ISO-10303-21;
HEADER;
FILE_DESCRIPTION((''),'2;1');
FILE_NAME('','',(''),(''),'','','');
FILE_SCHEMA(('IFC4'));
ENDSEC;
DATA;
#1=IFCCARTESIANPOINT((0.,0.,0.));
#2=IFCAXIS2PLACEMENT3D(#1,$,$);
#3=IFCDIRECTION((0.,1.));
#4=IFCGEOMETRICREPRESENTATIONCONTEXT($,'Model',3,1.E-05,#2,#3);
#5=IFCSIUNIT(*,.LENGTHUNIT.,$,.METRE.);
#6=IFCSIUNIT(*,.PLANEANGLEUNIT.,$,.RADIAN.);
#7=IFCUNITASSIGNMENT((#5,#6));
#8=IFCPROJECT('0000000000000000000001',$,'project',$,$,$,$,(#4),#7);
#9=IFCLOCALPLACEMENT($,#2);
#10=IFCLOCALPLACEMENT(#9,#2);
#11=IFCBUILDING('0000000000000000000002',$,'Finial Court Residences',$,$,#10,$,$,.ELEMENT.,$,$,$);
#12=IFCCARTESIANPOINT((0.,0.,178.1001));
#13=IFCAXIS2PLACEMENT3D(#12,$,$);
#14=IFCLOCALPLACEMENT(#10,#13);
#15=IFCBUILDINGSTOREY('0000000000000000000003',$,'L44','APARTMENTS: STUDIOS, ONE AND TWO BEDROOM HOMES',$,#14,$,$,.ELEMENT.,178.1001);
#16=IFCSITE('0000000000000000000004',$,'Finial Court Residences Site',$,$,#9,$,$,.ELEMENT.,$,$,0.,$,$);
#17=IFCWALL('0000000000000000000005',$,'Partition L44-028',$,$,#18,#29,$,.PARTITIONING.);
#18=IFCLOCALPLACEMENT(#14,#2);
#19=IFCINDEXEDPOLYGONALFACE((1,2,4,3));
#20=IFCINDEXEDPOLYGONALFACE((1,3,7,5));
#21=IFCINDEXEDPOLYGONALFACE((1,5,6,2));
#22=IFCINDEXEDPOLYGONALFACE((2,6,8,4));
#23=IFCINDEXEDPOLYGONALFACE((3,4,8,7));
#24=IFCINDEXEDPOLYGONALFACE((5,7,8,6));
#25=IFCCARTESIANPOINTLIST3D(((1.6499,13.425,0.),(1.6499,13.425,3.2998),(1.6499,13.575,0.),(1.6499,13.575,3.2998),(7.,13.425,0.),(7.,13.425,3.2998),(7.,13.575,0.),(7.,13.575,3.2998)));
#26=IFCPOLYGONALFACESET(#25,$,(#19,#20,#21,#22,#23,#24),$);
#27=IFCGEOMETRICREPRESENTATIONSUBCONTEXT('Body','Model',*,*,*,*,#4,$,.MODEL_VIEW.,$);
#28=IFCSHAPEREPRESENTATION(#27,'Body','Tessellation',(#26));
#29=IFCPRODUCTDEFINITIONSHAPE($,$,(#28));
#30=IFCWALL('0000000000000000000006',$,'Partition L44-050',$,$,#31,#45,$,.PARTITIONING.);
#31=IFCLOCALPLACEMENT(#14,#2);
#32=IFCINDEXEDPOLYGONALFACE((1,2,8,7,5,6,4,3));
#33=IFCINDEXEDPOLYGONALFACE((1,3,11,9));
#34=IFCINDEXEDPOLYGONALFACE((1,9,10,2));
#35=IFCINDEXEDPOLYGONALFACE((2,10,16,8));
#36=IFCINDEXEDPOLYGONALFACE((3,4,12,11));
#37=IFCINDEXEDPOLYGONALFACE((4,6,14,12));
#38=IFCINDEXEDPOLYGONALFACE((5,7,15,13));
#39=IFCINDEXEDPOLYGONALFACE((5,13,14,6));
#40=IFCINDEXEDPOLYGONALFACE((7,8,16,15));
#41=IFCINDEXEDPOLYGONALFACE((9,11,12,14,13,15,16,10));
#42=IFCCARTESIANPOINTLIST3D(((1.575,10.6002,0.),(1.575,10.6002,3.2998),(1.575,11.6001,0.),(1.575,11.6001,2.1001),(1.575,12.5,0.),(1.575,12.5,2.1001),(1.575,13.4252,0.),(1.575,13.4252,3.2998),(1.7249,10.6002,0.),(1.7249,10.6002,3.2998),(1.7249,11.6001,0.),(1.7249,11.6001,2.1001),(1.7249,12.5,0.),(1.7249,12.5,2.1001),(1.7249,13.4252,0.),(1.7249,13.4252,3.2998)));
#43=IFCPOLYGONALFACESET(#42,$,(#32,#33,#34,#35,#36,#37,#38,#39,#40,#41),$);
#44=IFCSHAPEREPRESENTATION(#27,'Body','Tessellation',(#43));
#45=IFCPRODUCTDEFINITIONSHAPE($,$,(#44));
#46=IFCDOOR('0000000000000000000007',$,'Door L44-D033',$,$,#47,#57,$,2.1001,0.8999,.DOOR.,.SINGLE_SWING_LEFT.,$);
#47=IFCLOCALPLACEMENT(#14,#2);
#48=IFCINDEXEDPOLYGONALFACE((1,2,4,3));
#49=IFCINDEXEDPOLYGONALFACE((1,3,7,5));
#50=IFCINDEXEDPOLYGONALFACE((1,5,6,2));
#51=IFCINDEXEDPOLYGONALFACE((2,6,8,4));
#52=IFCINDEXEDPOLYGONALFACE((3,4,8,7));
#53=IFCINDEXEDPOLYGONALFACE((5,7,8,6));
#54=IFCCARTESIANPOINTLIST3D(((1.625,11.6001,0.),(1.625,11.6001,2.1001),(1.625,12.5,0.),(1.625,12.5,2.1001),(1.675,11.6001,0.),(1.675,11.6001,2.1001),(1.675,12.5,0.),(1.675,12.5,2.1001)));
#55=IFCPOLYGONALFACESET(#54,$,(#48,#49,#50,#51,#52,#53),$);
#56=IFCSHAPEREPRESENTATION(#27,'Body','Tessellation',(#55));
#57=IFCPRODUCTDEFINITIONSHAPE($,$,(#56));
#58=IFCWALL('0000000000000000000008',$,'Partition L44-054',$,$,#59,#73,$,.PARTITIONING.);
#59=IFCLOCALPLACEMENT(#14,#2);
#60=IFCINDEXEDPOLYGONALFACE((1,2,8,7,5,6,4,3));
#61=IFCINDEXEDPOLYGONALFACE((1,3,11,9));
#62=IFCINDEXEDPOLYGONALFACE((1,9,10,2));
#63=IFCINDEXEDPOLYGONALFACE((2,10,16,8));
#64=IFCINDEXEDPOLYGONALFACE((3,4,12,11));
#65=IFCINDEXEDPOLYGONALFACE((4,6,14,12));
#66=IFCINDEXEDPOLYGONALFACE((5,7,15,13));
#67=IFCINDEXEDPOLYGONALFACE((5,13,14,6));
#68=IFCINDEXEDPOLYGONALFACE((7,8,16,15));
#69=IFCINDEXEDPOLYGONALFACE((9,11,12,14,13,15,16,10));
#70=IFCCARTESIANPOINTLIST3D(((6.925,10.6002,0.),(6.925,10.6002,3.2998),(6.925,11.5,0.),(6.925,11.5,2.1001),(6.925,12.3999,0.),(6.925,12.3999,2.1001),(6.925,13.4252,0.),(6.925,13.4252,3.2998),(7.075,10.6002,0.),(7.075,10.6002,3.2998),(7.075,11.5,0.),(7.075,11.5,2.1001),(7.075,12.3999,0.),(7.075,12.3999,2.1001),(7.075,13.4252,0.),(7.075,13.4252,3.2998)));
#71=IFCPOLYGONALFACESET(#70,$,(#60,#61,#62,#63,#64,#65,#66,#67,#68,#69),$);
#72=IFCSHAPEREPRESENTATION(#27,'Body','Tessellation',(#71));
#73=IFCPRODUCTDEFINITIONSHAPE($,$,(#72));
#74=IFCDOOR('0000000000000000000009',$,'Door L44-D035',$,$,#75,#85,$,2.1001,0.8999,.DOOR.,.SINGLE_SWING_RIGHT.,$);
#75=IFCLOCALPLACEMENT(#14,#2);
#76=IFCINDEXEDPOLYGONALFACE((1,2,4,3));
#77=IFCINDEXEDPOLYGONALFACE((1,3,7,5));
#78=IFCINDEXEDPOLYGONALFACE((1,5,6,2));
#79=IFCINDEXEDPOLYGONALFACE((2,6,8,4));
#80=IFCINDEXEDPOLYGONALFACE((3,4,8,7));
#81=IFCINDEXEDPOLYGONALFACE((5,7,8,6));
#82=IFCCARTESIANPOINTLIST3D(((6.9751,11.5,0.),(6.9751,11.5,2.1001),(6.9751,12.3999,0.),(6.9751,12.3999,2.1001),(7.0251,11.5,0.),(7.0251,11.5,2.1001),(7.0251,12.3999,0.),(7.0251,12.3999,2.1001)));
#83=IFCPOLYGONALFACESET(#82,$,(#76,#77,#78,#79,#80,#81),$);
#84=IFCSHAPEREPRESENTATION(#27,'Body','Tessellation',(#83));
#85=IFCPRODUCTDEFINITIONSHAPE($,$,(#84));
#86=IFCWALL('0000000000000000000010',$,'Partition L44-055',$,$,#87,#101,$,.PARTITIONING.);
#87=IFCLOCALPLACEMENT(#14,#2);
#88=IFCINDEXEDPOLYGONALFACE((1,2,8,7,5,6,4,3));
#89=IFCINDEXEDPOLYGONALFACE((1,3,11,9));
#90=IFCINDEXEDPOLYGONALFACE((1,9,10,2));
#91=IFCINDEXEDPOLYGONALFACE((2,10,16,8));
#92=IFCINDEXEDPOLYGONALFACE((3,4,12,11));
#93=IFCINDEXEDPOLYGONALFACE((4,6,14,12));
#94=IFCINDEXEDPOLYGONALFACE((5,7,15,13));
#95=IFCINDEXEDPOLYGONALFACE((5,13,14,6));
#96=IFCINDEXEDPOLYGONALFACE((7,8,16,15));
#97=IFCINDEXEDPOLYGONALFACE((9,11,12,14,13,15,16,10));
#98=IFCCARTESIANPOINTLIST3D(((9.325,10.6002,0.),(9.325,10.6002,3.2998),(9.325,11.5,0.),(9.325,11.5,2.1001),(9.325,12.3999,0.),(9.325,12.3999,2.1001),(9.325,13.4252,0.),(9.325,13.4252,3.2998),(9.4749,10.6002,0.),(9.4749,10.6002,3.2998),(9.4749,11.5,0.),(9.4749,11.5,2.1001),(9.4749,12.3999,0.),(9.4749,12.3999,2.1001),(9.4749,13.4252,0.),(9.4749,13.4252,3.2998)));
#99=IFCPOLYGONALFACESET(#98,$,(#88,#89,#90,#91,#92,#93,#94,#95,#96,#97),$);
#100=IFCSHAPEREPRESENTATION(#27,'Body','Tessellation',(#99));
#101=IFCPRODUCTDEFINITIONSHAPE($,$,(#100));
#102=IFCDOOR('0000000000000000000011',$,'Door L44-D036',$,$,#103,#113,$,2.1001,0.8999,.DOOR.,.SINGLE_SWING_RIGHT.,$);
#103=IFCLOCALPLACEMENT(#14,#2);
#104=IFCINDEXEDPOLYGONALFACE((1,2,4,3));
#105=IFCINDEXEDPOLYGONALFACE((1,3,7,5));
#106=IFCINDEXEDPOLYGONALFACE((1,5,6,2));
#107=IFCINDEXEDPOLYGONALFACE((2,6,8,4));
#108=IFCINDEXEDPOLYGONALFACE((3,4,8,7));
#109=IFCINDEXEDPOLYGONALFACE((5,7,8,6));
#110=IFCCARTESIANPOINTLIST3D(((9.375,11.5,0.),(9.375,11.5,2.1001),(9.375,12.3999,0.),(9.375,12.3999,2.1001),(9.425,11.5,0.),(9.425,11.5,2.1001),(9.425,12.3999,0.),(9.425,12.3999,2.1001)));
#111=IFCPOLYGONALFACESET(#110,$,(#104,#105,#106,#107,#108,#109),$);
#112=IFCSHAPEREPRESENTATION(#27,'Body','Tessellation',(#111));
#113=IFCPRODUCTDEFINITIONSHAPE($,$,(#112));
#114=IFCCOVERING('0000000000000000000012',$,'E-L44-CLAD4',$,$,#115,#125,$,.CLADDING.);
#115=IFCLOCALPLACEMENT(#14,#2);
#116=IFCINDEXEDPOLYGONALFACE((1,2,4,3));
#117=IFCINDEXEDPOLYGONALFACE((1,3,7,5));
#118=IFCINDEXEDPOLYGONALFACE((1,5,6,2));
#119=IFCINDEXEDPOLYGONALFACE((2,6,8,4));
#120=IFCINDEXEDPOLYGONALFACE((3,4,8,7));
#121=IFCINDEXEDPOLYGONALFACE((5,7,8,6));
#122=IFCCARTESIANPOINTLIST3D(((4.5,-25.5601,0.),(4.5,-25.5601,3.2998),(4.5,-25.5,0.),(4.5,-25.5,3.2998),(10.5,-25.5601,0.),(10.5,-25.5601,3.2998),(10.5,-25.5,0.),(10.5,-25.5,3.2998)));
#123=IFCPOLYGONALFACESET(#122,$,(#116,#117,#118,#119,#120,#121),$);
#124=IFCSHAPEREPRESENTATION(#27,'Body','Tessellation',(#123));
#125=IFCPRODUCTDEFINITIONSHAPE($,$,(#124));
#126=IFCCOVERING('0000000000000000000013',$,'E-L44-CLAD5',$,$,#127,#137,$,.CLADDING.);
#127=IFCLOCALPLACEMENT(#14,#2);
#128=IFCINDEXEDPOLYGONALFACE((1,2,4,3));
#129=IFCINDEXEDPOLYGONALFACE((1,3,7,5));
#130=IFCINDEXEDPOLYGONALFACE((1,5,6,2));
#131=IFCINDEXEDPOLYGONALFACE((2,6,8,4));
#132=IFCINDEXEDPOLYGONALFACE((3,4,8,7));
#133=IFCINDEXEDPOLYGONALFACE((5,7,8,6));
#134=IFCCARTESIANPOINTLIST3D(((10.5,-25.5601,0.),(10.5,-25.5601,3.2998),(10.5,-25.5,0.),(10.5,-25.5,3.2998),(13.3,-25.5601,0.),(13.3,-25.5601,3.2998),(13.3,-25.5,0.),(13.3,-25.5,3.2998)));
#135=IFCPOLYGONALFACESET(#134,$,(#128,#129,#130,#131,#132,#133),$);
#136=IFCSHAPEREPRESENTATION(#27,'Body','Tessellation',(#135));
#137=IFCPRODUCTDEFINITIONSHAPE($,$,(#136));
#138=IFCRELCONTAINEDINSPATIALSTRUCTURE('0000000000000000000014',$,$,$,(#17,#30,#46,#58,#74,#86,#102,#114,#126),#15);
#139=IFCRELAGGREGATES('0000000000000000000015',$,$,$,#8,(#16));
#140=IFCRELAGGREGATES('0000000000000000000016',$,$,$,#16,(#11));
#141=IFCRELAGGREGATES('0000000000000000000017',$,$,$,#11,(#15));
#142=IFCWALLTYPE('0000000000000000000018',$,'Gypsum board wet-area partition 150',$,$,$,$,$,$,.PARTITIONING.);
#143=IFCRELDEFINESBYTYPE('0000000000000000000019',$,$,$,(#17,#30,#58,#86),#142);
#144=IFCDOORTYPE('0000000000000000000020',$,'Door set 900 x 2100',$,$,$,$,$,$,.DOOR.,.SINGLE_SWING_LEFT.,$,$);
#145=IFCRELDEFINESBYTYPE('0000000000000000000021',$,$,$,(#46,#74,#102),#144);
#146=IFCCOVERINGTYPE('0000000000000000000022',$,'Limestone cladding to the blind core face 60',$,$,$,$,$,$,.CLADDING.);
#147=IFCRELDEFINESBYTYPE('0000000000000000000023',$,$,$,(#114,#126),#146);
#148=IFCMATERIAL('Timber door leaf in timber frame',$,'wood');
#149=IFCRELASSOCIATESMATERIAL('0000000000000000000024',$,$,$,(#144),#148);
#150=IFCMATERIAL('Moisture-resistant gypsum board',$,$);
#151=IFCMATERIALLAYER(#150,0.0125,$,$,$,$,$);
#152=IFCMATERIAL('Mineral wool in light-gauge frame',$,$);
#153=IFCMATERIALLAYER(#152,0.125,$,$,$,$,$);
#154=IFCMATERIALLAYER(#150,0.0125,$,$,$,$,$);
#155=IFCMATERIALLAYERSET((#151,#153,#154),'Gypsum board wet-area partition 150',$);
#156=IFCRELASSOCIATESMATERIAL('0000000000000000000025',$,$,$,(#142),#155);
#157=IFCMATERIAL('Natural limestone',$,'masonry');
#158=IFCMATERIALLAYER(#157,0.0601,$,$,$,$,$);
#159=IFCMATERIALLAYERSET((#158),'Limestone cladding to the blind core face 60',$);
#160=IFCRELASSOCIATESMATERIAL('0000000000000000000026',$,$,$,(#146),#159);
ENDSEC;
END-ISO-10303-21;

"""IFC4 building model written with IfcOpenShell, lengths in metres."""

from ifc_helpers import new_model, si_unit, direction, frame, frame_2d, origin, place, context, subcontext, project, spatial, polyline, rectangle, outline, extrude, material, layer, layer_set, type_object, element, fill, save


model = new_model("IFC4")

# Units and contexts
model_context = context("Model", 3, precision=1e-05, world=origin(), true_north=direction((0.0, 1.0)))
body_context = subcontext(model_context, "Body", "Model", "MODEL_VIEW")
ifc_project = project(units=[si_unit("LENGTHUNIT", "METRE"), si_unit("PLANEANGLEUNIT", "RADIAN")], contexts=[model_context])

# Site, building, storey
site_placement = place(None, origin())
site = spatial("IfcSite", under=ifc_project, at=site_placement, Name="Finial Court Residences Site", CompositionType="ELEMENT", RefElevation=0.0)
building_placement = place(site_placement, origin())
building = spatial("IfcBuilding", under=site, at=building_placement, Name="Finial Court Residences", CompositionType="ELEMENT")
storey_placement = place(building_placement, frame((0.0, 0.0, 178.1001)))
storey = spatial("IfcBuildingStorey", under=building, at=storey_placement, Name="L44", Description="APARTMENTS: STUDIOS, ONE AND TWO BEDROOM HOMES", CompositionType="ELEMENT", Elevation=178.1001)

# Shared definitions
ifc_material_1 = material(Name="Mineral wool in light-gauge frame")
ifc_material_2 = material(Name="Timber door leaf in timber frame", Category="wood")
door_type = type_object("IfcDoorType", Name="Door set 900 x 2100", OperationType="SINGLE_SWING_LEFT", PredefinedType="DOOR", material=ifc_material_2)

# Wall
ifc_material_3 = material(Name="Moisture-resistant gypsum board")
ifc_layer_1 = layer(ifc_material_3, 0.0125)
ifc_layer_2 = layer(ifc_material_1, 0.125)
ifc_layer_3 = layer(ifc_material_3, 0.0125)
ifc_layer_set_1 = layer_set([ifc_layer_1, ifc_layer_2, ifc_layer_3], Name="Gypsum board wet-area partition 150")
wall_type_1 = type_object("IfcWallType", Name="Gypsum board wet-area partition 150", PredefinedType="PARTITIONING", material=ifc_layer_set_1)
wall_1_placement = place(storey_placement, frame((1.6499, 13.5, 0.0), z_axis=(0.0, 0.0, 1.0), x_axis=(1.0, 0.0, 0.0)))
element("IfcWall", 1, at=wall_1_placement, inside=storey, type_object=wall_type_1, Name="Partition L44-028", PredefinedType="PARTITIONING", context=body_context, shape_type="SweptSolid", body=[
    extrude(rectangle(XDim=5.3501, YDim=0.1499, at=frame_2d((2.675, 0.0))), origin(), (0.0, 0.0, 1.0), 3.2998),
])

# Walls, openings, doors
wall_2_placement = place(storey_placement, frame((1.6499, 10.6001, 0.0), z_axis=(0.0, 0.0, 1.0), x_axis=(0.0, 1.0, 0.0)))
wall_2 = element("IfcWall", 2, at=wall_2_placement, inside=storey, type_object=wall_type_1, Name="Partition L44-050", PredefinedType="PARTITIONING", context=body_context, shape_type="SweptSolid", body=[
    extrude(rectangle(XDim=2.825, YDim=0.1499, at=frame_2d((1.4126, 0.0))), origin(), (0.0, 0.0, 1.0), 3.2998),
])
opening_1_placement = place(wall_2_placement, frame((1.0, 0.0, 0.0)))
opening_1 = element("IfcOpeningElement", 3, at=opening_1_placement, cuts=wall_2, PredefinedType="OPENING", context=body_context, shape_type="SweptSolid", body=[
    extrude(rectangle(XDim=0.8999, YDim=2.1001, at=frame_2d((0.45, 1.05))), frame((0.0, 0.085, 0.0), z_axis=(0.0, -1.0, 0.0), x_axis=(1.0, 0.0, 0.0)), (0.0, 0.0, 1.0), 0.1699),
])
door_1_placement = place(opening_1_placement, origin())
door_1 = element("IfcDoor", 4, at=door_1_placement, inside=storey, type_object=door_type, Name="Door L44-D033", OperationType="SINGLE_SWING_LEFT", OverallHeight=2.1001, OverallWidth=0.8999, PredefinedType="DOOR", context=body_context, shape_type="SweptSolid", body=[
    extrude(rectangle(XDim=0.8999, YDim=2.1001, at=frame_2d((0.45, 1.05))), frame((0.0, 0.0249, 0.0), z_axis=(0.0, -1.0, 0.0), x_axis=(1.0, 0.0, 0.0)), (0.0, 0.0, 1.0), 0.05),
])
fill(opening_1, door_1)
wall_3_placement = place(storey_placement, frame((7.0, 10.6001, 0.0), z_axis=(0.0, 0.0, 1.0), x_axis=(0.0, 1.0, 0.0)))
wall_3 = element("IfcWall", 5, at=wall_3_placement, inside=storey, type_object=wall_type_1, Name="Partition L44-054", PredefinedType="PARTITIONING", context=body_context, shape_type="SweptSolid", body=[
    extrude(rectangle(XDim=2.825, YDim=0.1499, at=frame_2d((1.4126, 0.0))), origin(), (0.0, 0.0, 1.0), 3.2998),
])
opening_2_placement = place(wall_3_placement, frame((0.8999, 0.0, 0.0)))
opening_2 = element("IfcOpeningElement", 6, at=opening_2_placement, cuts=wall_3, PredefinedType="OPENING", context=body_context, shape_type="SweptSolid", body=[
    extrude(rectangle(XDim=0.8999, YDim=2.1001, at=frame_2d((0.45, 1.05))), frame((0.0, 0.085, 0.0), z_axis=(0.0, -1.0, 0.0), x_axis=(1.0, 0.0, 0.0)), (0.0, 0.0, 1.0), 0.1699),
])
door_2_placement = place(opening_2_placement, origin())
door_2 = element("IfcDoor", 7, at=door_2_placement, inside=storey, type_object=door_type, Name="Door L44-D035", OperationType="SINGLE_SWING_RIGHT", OverallHeight=2.1001, OverallWidth=0.8999, PredefinedType="DOOR", context=body_context, shape_type="SweptSolid", body=[
    extrude(rectangle(XDim=0.8999, YDim=2.1001, at=frame_2d((0.45, 1.05))), frame((0.0, 0.0249, 0.0), z_axis=(0.0, -1.0, 0.0), x_axis=(1.0, 0.0, 0.0)), (0.0, 0.0, 1.0), 0.05),
])
fill(opening_2, door_2)
wall_4_placement = place(storey_placement, frame((9.3999, 10.6001, 0.0), z_axis=(0.0, 0.0, 1.0), x_axis=(0.0, 1.0, 0.0)))
wall_4 = element("IfcWall", 8, at=wall_4_placement, inside=storey, type_object=wall_type_1, Name="Partition L44-055", PredefinedType="PARTITIONING", context=body_context, shape_type="SweptSolid", body=[
    extrude(rectangle(XDim=2.825, YDim=0.1499, at=frame_2d((1.4126, 0.0))), origin(), (0.0, 0.0, 1.0), 3.2998),
])
opening_3_placement = place(wall_4_placement, frame((0.8999, 0.0, 0.0)))
opening_3 = element("IfcOpeningElement", 9, at=opening_3_placement, cuts=wall_4, PredefinedType="OPENING", context=body_context, shape_type="SweptSolid", body=[
    extrude(rectangle(XDim=0.8999, YDim=2.1001, at=frame_2d((0.45, 1.05))), frame((0.0, 0.085, 0.0), z_axis=(0.0, -1.0, 0.0), x_axis=(1.0, 0.0, 0.0)), (0.0, 0.0, 1.0), 0.1699),
])
door_3_placement = place(opening_3_placement, origin())
door_3 = element("IfcDoor", 10, at=door_3_placement, inside=storey, type_object=door_type, Name="Door L44-D036", OperationType="SINGLE_SWING_RIGHT", OverallHeight=2.1001, OverallWidth=0.8999, PredefinedType="DOOR", context=body_context, shape_type="SweptSolid", body=[
    extrude(rectangle(XDim=0.8999, YDim=2.1001, at=frame_2d((0.45, 1.05))), frame((0.0, 0.0249, 0.0), z_axis=(0.0, -1.0, 0.0), x_axis=(1.0, 0.0, 0.0)), (0.0, 0.0, 1.0), 0.05),
])
fill(opening_3, door_3)

# Coverings
ifc_material_4 = material(Name="Natural limestone", Category="masonry")
ifc_layer_4 = layer(ifc_material_4, 0.0601)
ifc_layer_set_2 = layer_set([ifc_layer_4], Name="Limestone cladding to the blind core face 60")
covering_type_1 = type_object("IfcCoveringType", Name="Limestone cladding to the blind core face 60", PredefinedType="CLADDING", material=ifc_layer_set_2)
covering_1_placement = place(storey_placement, origin())
element("IfcCovering", 11, at=covering_1_placement, inside=storey, type_object=covering_type_1, Name="E-L44-CLAD4", PredefinedType="CLADDING", context=body_context, shape_type="SweptSolid", body=[
    extrude(outline(polyline([(10.5, -25.5601), (10.5, -25.5), (4.5, -25.5), (4.5, -25.5601), (10.5, -25.5601)])), origin(), (0.0, 0.0, 1.0), 3.2998),
])
covering_2_placement = place(storey_placement, origin())
element("IfcCovering", 12, at=covering_2_placement, inside=storey, type_object=covering_type_1, Name="E-L44-CLAD5", PredefinedType="CLADDING", context=body_context, shape_type="SweptSolid", body=[
    extrude(outline(polyline([(13.3, -25.5601), (13.3, -25.5), (10.5, -25.5), (10.5, -25.5601), (13.3, -25.5601)])), origin(), (0.0, 0.0, 1.0), 3.2998),
])

save(model, "model.ifc")
